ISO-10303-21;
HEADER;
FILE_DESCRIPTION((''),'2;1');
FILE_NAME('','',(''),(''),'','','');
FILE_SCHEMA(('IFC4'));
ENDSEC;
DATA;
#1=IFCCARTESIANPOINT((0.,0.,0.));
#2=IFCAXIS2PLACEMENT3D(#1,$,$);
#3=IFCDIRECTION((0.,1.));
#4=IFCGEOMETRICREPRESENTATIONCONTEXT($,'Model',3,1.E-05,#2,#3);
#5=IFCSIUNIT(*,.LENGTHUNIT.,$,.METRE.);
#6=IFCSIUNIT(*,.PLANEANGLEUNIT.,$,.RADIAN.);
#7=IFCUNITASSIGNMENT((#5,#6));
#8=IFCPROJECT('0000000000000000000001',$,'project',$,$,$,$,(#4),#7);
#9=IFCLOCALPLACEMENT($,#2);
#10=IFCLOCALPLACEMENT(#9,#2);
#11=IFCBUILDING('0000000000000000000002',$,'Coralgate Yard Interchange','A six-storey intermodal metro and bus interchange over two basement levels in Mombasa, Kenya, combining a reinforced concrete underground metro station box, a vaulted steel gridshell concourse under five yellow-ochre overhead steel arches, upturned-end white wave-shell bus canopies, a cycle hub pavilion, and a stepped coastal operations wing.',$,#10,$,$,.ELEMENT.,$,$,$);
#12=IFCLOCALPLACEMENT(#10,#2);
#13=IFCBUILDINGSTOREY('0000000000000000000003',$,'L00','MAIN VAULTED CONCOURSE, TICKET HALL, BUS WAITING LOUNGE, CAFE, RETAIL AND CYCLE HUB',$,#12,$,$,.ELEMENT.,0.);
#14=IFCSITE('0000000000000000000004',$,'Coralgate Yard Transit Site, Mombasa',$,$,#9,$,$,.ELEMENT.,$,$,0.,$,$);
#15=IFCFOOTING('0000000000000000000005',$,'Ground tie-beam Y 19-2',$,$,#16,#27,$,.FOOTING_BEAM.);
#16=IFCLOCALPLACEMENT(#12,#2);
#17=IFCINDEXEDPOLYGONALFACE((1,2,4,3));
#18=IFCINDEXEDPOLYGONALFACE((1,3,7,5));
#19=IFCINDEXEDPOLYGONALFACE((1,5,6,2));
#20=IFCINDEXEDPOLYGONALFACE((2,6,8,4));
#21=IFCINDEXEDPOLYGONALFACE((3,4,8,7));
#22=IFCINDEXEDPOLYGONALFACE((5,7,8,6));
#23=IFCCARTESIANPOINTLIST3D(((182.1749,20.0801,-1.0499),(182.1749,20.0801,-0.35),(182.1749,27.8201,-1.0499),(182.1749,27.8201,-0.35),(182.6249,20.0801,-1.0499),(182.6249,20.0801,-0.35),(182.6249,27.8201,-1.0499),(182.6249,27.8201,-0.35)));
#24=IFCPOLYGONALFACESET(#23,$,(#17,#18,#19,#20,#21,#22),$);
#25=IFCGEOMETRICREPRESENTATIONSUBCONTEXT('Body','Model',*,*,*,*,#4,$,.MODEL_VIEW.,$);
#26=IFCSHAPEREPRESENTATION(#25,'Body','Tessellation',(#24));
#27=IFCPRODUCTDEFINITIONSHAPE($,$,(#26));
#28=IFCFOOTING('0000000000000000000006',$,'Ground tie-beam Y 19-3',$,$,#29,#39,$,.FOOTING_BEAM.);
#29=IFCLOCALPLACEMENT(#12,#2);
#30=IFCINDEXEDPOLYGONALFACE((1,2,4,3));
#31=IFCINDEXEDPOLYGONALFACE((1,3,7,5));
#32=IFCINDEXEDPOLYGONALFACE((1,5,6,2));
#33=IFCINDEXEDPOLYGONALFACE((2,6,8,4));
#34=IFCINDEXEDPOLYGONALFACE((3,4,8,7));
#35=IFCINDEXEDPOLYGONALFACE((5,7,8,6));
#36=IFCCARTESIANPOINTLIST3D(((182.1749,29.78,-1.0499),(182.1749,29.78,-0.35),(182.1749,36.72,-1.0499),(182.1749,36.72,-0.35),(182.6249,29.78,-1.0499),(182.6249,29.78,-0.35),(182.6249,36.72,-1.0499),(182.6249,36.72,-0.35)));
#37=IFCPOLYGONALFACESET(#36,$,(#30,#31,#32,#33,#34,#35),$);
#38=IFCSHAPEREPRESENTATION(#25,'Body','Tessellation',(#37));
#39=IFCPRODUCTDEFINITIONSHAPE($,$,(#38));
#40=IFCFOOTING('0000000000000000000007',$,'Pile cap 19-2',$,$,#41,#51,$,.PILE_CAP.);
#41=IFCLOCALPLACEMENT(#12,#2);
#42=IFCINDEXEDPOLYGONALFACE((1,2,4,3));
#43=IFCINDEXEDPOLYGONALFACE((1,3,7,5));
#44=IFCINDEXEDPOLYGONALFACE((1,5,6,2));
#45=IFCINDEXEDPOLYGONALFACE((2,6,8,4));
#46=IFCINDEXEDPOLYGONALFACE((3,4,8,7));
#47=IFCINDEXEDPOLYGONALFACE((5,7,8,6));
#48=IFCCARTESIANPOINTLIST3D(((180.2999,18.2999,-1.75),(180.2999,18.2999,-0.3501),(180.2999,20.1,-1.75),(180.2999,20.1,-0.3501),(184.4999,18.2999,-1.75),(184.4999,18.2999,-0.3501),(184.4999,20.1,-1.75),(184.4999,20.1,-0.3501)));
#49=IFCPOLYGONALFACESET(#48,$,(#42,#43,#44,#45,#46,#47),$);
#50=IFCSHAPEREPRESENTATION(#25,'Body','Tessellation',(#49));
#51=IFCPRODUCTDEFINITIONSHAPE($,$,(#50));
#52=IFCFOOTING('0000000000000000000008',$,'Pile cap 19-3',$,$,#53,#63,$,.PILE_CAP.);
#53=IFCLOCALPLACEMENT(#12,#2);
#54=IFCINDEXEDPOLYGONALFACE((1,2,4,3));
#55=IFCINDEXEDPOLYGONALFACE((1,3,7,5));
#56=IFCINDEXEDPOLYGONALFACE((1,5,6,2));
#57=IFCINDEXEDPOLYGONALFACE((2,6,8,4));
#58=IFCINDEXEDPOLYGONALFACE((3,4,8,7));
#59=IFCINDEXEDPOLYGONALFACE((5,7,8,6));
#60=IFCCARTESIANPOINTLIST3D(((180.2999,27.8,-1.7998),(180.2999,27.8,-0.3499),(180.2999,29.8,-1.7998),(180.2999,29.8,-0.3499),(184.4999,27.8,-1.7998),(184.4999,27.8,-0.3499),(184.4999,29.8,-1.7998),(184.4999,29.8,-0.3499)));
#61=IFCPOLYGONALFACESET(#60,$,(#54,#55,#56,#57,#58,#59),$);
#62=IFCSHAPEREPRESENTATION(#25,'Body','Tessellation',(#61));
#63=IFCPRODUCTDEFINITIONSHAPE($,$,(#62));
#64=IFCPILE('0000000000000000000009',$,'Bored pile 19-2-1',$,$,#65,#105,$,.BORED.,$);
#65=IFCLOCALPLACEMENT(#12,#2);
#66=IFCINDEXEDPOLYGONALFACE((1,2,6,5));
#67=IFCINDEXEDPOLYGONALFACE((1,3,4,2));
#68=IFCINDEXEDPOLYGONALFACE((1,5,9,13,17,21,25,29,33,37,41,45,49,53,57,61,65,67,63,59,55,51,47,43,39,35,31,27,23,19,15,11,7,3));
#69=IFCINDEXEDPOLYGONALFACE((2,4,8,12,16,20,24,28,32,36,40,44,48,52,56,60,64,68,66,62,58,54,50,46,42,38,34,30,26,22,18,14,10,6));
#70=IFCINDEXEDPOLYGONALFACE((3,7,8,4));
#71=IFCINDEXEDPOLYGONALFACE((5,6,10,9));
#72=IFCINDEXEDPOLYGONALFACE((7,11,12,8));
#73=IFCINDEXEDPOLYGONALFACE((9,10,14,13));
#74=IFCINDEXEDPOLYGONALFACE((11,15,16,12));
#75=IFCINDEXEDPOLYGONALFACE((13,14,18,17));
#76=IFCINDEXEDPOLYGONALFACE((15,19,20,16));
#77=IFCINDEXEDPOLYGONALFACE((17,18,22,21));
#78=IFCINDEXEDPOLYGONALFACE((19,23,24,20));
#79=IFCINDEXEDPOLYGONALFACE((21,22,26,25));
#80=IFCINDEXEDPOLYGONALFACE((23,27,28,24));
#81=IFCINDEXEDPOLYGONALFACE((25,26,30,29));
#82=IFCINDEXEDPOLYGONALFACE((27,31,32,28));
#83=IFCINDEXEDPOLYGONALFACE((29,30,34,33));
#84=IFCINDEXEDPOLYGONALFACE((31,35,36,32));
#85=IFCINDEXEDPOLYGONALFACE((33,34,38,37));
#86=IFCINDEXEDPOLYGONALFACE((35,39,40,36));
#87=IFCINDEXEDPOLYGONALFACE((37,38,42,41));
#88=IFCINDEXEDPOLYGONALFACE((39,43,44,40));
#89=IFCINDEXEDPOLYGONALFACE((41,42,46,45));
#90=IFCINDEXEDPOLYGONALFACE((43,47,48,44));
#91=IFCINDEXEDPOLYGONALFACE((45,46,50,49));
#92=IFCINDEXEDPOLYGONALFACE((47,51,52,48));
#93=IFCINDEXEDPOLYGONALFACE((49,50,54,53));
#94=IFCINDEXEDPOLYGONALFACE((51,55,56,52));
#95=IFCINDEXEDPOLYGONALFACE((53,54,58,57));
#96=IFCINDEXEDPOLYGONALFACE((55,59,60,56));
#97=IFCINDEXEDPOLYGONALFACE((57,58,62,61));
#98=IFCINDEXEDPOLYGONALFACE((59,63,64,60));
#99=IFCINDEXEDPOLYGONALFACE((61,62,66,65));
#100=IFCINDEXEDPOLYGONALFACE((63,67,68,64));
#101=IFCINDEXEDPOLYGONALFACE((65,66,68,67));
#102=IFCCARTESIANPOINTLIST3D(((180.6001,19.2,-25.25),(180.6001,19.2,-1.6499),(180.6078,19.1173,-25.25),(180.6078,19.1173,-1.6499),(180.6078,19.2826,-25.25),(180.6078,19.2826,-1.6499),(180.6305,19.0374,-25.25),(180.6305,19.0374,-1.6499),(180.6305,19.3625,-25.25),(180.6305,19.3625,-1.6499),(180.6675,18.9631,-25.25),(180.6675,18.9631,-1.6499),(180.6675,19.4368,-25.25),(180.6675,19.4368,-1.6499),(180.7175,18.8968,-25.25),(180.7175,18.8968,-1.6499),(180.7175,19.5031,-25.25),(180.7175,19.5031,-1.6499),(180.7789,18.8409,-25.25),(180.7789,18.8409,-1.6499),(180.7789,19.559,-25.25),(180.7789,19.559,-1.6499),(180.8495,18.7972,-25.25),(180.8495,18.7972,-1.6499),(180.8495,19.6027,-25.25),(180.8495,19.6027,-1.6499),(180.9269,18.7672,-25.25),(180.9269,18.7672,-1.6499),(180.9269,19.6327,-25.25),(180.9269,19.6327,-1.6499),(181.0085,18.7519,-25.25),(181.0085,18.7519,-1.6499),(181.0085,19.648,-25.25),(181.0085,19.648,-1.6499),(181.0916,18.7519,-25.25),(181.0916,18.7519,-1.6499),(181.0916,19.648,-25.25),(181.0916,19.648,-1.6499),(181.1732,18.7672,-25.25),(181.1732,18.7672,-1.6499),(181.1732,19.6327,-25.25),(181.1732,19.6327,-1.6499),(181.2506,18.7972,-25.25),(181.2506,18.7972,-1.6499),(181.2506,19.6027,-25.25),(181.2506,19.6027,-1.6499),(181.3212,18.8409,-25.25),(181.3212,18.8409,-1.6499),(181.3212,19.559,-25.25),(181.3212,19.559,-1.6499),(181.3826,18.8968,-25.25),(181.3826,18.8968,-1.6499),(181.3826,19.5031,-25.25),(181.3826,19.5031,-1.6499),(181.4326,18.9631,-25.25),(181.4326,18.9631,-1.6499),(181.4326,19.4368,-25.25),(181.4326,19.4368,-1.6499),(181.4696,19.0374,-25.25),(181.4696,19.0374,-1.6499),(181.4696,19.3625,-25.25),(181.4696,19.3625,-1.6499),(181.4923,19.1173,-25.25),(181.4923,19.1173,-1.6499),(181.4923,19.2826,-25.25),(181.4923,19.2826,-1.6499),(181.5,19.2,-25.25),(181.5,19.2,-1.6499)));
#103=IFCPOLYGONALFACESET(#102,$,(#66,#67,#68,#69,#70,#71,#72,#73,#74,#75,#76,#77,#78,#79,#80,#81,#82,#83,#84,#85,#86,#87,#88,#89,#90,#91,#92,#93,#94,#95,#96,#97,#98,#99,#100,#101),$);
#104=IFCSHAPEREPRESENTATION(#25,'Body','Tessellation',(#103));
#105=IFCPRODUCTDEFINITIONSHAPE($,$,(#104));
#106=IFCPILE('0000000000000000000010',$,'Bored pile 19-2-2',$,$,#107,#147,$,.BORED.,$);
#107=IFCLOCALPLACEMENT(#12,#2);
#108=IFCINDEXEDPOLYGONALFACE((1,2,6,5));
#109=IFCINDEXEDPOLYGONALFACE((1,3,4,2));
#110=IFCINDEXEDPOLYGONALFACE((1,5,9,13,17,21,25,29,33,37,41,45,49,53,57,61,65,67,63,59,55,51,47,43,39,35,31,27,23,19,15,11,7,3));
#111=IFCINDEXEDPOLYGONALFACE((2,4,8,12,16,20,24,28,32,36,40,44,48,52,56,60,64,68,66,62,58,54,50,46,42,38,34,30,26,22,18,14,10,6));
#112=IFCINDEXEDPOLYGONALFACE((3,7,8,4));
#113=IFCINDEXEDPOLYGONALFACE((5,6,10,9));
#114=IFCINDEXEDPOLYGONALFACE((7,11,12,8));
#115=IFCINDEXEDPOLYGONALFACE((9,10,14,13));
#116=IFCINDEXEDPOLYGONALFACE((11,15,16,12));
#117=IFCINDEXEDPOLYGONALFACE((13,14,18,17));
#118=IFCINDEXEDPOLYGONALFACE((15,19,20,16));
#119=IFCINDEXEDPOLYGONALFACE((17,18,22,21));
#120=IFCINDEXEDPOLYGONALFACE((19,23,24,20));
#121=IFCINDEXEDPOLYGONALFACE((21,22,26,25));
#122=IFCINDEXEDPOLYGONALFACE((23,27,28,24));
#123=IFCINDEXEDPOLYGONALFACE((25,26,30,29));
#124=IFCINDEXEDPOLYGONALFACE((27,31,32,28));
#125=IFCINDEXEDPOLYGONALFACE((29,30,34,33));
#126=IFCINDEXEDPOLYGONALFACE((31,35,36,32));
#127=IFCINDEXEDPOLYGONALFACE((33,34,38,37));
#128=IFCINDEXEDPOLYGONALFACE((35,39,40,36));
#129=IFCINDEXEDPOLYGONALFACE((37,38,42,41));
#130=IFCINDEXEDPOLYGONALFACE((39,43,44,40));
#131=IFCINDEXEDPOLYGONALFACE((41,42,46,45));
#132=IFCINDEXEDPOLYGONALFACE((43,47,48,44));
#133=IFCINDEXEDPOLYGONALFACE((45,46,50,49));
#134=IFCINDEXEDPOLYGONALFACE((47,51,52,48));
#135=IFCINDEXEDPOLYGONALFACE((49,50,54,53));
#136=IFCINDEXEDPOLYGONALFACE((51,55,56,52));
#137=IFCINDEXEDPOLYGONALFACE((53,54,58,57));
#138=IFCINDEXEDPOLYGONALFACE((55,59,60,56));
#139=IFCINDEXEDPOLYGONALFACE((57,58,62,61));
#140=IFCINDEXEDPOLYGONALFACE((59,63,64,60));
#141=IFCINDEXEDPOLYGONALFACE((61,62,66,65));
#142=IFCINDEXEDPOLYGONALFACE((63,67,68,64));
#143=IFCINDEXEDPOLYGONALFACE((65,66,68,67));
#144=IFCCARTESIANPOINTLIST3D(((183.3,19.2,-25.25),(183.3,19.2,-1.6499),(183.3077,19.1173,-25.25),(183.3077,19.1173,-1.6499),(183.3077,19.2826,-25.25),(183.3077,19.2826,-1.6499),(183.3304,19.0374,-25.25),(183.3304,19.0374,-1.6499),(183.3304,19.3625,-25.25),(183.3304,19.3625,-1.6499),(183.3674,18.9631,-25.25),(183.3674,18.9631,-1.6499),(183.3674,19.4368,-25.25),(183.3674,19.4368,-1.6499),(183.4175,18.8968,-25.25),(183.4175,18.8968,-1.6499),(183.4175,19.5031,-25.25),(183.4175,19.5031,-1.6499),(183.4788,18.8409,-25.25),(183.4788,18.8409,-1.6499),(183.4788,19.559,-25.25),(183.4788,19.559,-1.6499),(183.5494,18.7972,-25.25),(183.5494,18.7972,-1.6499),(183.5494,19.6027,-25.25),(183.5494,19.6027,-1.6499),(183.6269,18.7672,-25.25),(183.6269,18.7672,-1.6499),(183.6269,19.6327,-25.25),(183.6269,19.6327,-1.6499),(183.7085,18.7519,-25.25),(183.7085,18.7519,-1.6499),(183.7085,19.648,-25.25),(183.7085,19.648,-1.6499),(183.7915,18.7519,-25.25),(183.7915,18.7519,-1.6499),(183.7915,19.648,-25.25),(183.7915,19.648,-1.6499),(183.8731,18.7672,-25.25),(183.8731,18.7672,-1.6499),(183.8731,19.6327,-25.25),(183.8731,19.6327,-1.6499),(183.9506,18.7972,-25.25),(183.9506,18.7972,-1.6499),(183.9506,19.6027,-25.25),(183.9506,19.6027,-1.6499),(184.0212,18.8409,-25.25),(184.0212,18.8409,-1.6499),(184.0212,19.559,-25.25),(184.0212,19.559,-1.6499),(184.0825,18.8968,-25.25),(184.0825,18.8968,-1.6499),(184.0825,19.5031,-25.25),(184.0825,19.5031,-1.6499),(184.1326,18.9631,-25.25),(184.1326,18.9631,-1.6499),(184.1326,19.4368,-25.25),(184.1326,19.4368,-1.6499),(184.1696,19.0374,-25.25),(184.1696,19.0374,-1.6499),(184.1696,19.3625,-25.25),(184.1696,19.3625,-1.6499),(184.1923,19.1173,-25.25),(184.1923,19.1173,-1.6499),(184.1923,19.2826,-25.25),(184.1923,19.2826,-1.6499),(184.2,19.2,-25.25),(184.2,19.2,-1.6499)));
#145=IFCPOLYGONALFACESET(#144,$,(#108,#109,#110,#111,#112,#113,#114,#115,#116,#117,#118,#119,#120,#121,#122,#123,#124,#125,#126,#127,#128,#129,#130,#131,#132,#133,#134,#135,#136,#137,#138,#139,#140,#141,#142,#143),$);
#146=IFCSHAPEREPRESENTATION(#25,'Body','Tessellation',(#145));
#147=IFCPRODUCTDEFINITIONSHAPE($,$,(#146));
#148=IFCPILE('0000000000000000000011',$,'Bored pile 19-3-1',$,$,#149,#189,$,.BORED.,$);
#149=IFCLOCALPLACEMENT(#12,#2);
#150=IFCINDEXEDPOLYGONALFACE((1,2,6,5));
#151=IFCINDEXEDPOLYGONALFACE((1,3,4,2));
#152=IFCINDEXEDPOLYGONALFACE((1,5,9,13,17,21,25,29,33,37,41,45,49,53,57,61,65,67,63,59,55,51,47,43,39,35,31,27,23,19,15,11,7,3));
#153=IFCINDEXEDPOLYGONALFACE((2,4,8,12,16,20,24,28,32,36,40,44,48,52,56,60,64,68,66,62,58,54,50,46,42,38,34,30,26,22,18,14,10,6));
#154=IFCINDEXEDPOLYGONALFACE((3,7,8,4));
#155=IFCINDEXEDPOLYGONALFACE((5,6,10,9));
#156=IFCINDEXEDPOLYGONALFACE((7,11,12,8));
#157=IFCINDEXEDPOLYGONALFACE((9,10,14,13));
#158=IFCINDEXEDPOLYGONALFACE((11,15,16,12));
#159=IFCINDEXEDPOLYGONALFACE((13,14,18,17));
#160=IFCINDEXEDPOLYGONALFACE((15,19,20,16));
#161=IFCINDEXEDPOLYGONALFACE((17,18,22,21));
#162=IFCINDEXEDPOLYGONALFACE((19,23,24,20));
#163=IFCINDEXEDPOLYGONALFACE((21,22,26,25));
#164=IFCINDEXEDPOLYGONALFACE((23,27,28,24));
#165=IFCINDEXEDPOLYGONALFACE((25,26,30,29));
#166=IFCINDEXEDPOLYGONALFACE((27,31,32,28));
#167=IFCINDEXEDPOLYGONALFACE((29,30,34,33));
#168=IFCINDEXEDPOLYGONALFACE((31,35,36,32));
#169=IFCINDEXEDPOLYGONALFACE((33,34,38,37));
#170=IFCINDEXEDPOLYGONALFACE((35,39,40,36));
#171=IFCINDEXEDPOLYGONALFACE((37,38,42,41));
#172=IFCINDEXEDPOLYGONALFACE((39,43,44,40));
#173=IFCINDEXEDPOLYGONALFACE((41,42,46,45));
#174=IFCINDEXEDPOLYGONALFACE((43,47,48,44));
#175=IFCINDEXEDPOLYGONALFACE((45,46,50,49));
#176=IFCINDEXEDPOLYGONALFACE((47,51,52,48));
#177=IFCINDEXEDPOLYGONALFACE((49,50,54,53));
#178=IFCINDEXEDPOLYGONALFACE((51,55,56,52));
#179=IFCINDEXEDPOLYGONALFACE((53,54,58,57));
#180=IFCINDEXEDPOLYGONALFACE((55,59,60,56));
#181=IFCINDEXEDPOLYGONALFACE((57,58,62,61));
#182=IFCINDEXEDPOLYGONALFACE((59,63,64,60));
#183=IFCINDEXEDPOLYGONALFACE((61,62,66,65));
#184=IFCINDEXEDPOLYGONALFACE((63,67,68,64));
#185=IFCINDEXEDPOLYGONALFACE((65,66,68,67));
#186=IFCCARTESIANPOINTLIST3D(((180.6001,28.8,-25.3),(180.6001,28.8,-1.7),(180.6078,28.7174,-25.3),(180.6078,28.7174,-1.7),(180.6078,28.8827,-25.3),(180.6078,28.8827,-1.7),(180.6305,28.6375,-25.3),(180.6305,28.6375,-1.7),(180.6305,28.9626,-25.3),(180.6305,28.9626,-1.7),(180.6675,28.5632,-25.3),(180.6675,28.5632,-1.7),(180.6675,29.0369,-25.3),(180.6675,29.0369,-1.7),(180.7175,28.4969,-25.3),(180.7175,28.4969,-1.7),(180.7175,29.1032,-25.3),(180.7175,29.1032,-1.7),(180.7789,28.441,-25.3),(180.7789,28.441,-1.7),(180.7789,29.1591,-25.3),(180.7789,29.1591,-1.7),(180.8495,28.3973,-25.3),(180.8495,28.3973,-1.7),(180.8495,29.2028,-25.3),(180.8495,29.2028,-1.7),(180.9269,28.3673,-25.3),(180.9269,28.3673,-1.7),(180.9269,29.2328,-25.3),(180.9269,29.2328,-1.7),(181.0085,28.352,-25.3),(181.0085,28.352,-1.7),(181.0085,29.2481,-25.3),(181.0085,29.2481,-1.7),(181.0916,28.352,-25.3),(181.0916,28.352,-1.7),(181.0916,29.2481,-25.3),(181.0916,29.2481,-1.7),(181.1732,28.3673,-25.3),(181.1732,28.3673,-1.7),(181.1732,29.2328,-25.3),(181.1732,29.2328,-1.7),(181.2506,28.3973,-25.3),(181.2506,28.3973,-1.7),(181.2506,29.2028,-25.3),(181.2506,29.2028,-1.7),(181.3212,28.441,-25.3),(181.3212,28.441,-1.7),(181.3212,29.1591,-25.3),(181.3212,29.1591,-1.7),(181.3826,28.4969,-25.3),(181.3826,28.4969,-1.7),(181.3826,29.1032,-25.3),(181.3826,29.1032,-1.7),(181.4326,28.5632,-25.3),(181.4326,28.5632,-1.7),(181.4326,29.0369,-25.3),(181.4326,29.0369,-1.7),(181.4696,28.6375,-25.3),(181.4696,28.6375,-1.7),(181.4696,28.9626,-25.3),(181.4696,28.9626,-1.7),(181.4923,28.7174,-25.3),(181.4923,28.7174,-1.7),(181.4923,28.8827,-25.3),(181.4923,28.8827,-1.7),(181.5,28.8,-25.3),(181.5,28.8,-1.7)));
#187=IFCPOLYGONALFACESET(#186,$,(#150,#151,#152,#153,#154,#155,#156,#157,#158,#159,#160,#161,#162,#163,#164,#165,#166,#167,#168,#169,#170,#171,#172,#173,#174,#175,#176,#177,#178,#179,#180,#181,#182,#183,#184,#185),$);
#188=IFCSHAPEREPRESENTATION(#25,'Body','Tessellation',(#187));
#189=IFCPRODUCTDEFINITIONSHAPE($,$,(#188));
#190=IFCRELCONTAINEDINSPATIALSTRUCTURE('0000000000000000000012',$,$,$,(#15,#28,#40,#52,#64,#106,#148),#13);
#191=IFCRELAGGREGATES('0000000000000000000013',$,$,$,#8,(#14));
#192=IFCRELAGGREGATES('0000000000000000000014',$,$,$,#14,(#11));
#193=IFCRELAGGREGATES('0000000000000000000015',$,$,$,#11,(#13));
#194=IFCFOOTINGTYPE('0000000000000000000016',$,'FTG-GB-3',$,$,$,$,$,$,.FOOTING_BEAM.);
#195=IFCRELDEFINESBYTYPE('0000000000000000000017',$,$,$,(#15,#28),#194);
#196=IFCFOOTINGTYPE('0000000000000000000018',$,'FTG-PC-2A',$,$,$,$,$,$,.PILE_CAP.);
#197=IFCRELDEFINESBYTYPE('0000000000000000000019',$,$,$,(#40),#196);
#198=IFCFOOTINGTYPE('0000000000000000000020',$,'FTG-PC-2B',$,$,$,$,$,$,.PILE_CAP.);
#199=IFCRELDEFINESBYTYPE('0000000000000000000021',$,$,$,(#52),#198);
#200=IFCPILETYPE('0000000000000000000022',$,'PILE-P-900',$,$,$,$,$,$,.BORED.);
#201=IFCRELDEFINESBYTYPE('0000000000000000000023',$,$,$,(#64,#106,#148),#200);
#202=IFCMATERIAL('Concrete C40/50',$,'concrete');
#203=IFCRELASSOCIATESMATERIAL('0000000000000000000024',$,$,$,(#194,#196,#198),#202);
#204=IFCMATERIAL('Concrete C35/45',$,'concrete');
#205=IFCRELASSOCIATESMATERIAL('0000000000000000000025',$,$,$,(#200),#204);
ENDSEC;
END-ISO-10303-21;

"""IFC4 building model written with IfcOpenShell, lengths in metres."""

from ifc_helpers import new_model, si_unit, direction, frame, origin, origin_2d, place, context, subcontext, project, spatial, rectangle, circle, extrude, material, material_profile, profile_set, type_object, element, save


model = new_model("IFC4")

# Units and contexts
model_context = context("Model", 3, precision=1e-05, world=origin(), true_north=direction((0.0, 1.0)))
body_context = subcontext(model_context, "Body", "Model", "MODEL_VIEW")
ifc_project = project(units=[si_unit("LENGTHUNIT", "METRE"), si_unit("PLANEANGLEUNIT", "RADIAN")], contexts=[model_context])

# Site, building, storey
site_placement = place(None, origin())
site = spatial("IfcSite", under=ifc_project, at=site_placement, Name="Coralgate Yard Transit Site, Mombasa", CompositionType="ELEMENT", RefElevation=0.0)
building_placement = place(site_placement, origin())
building = spatial("IfcBuilding", under=site, at=building_placement, Name="Coralgate Yard Interchange", Description="A six-storey intermodal metro and bus interchange over two basement levels in Mombasa, Kenya, combining a reinforced concrete underground metro station box, a vaulted steel gridshell concourse under five yellow-ochre overhead steel arches, upturned-end white wave-shell bus canopies, a cycle hub pavilion, and a stepped coastal operations wing.", CompositionType="ELEMENT")
storey_placement = place(building_placement, origin())
storey = spatial("IfcBuildingStorey", under=building, at=storey_placement, Name="L00", Description="MAIN VAULTED CONCOURSE, TICKET HALL, BUS WAITING LOUNGE, CAFE, RETAIL AND CYCLE HUB", CompositionType="ELEMENT", Elevation=0.0)

# Footings
ifc_material_1 = material(Name="Concrete C40/50", Category="concrete")
ifc_material_profile_1 = material_profile(ifc_material_1, rectangle(XDim=0.45, YDim=0.7, at=origin_2d()), Name="RC 450x700")
ifc_profile_set_1 = profile_set([ifc_material_profile_1], Name="Concrete C40/50")
footing_type_1 = type_object("IfcFootingType", Name="FTG-GB-3", PredefinedType="FOOTING_BEAM", material=ifc_profile_set_1)
footing_1_placement = place(storey_placement, frame((182.3999, 20.0801, -0.7), z_axis=(0.0, 1.0, 0.0), x_axis=(-1.0, 0.0, 0.0)))
element("IfcFooting", 1, at=footing_1_placement, inside=storey, type_object=footing_type_1, Name="Ground tie-beam Y 19-2", PredefinedType="FOOTING_BEAM", context=body_context, shape_type="SweptSolid", body=[
    extrude(rectangle(XDim=0.45, YDim=0.7, at=origin_2d()), origin(), (0.0, 0.0, 1.0), 7.74),
])
footing_2_placement = place(storey_placement, frame((182.3999, 29.78, -0.7), z_axis=(0.0, 1.0, 0.0), x_axis=(-1.0, 0.0, 0.0)))
element("IfcFooting", 2, at=footing_2_placement, inside=storey, type_object=footing_type_1, Name="Ground tie-beam Y 19-3", PredefinedType="FOOTING_BEAM", context=body_context, shape_type="SweptSolid", body=[
    extrude(rectangle(XDim=0.45, YDim=0.7, at=origin_2d()), origin(), (0.0, 0.0, 1.0), 6.9399),
])
footing_type_2 = type_object("IfcFootingType", Name="FTG-PC-2A", PredefinedType="PILE_CAP", material=ifc_material_1)
footing_3_placement = place(storey_placement, frame((182.3999, 19.2, -1.75), z_axis=(0.0, 0.0, 1.0), x_axis=(1.0, 0.0, 0.0)))
element("IfcFooting", 3, at=footing_3_placement, inside=storey, type_object=footing_type_2, Name="Pile cap 19-2", PredefinedType="PILE_CAP", context=body_context, shape_type="SweptSolid", body=[
    extrude(rectangle(XDim=4.2, YDim=1.8, at=origin_2d()), origin(), (0.0, 0.0, 1.0), 1.3999),
])
footing_type_3 = type_object("IfcFootingType", Name="FTG-PC-2B", PredefinedType="PILE_CAP", material=ifc_material_1)
footing_4_placement = place(storey_placement, frame((182.3999, 28.8, -1.7998), z_axis=(0.0, 0.0, 1.0), x_axis=(1.0, 0.0, 0.0)))
element("IfcFooting", 4, at=footing_4_placement, inside=storey, type_object=footing_type_3, Name="Pile cap 19-3", PredefinedType="PILE_CAP", context=body_context, shape_type="SweptSolid", body=[
    extrude(rectangle(XDim=4.2, YDim=2.0, at=origin_2d()), origin(), (0.0, 0.0, 1.0), 1.45),
])

# Piles
ifc_material_2 = material(Name="Concrete C35/45", Category="concrete")
ifc_material_profile_2 = material_profile(ifc_material_2, circle(Radius=0.45, at=origin_2d()), Name="BORED PILE D900")
ifc_profile_set_2 = profile_set([ifc_material_profile_2], Name="Concrete C35/45")
pile_type = type_object("IfcPileType", Name="PILE-P-900", PredefinedType="BORED", material=ifc_profile_set_2)
for number, where, z_axis, x_axis, name in (
    (5, (181.05, 19.2, -1.6499), (0.0, 0.0, -1.0), (1.0, 0.0, 0.0), "Bored pile 19-2-1"),
    (6, (183.75, 19.2, -1.6499), (0.0, 0.0, -1.0), (1.0, 0.0, 0.0), "Bored pile 19-2-2"),
    (7, (181.05, 28.8, -1.7), (0.0, 0.0, -1.0), (1.0, 0.0, 0.0), "Bored pile 19-3-1"),
):
    element("IfcPile", number, at=place(storey_placement, frame(where, z_axis=z_axis, x_axis=x_axis)), inside=storey, type_object=pile_type, Name=name, PredefinedType="BORED", context=body_context, shape_type="SweptSolid", body=[
        extrude(circle(Radius=0.45, at=origin_2d()), origin(), (0.0, 0.0, 1.0), 23.6001),
    ])

save(model, "model.ifc")
